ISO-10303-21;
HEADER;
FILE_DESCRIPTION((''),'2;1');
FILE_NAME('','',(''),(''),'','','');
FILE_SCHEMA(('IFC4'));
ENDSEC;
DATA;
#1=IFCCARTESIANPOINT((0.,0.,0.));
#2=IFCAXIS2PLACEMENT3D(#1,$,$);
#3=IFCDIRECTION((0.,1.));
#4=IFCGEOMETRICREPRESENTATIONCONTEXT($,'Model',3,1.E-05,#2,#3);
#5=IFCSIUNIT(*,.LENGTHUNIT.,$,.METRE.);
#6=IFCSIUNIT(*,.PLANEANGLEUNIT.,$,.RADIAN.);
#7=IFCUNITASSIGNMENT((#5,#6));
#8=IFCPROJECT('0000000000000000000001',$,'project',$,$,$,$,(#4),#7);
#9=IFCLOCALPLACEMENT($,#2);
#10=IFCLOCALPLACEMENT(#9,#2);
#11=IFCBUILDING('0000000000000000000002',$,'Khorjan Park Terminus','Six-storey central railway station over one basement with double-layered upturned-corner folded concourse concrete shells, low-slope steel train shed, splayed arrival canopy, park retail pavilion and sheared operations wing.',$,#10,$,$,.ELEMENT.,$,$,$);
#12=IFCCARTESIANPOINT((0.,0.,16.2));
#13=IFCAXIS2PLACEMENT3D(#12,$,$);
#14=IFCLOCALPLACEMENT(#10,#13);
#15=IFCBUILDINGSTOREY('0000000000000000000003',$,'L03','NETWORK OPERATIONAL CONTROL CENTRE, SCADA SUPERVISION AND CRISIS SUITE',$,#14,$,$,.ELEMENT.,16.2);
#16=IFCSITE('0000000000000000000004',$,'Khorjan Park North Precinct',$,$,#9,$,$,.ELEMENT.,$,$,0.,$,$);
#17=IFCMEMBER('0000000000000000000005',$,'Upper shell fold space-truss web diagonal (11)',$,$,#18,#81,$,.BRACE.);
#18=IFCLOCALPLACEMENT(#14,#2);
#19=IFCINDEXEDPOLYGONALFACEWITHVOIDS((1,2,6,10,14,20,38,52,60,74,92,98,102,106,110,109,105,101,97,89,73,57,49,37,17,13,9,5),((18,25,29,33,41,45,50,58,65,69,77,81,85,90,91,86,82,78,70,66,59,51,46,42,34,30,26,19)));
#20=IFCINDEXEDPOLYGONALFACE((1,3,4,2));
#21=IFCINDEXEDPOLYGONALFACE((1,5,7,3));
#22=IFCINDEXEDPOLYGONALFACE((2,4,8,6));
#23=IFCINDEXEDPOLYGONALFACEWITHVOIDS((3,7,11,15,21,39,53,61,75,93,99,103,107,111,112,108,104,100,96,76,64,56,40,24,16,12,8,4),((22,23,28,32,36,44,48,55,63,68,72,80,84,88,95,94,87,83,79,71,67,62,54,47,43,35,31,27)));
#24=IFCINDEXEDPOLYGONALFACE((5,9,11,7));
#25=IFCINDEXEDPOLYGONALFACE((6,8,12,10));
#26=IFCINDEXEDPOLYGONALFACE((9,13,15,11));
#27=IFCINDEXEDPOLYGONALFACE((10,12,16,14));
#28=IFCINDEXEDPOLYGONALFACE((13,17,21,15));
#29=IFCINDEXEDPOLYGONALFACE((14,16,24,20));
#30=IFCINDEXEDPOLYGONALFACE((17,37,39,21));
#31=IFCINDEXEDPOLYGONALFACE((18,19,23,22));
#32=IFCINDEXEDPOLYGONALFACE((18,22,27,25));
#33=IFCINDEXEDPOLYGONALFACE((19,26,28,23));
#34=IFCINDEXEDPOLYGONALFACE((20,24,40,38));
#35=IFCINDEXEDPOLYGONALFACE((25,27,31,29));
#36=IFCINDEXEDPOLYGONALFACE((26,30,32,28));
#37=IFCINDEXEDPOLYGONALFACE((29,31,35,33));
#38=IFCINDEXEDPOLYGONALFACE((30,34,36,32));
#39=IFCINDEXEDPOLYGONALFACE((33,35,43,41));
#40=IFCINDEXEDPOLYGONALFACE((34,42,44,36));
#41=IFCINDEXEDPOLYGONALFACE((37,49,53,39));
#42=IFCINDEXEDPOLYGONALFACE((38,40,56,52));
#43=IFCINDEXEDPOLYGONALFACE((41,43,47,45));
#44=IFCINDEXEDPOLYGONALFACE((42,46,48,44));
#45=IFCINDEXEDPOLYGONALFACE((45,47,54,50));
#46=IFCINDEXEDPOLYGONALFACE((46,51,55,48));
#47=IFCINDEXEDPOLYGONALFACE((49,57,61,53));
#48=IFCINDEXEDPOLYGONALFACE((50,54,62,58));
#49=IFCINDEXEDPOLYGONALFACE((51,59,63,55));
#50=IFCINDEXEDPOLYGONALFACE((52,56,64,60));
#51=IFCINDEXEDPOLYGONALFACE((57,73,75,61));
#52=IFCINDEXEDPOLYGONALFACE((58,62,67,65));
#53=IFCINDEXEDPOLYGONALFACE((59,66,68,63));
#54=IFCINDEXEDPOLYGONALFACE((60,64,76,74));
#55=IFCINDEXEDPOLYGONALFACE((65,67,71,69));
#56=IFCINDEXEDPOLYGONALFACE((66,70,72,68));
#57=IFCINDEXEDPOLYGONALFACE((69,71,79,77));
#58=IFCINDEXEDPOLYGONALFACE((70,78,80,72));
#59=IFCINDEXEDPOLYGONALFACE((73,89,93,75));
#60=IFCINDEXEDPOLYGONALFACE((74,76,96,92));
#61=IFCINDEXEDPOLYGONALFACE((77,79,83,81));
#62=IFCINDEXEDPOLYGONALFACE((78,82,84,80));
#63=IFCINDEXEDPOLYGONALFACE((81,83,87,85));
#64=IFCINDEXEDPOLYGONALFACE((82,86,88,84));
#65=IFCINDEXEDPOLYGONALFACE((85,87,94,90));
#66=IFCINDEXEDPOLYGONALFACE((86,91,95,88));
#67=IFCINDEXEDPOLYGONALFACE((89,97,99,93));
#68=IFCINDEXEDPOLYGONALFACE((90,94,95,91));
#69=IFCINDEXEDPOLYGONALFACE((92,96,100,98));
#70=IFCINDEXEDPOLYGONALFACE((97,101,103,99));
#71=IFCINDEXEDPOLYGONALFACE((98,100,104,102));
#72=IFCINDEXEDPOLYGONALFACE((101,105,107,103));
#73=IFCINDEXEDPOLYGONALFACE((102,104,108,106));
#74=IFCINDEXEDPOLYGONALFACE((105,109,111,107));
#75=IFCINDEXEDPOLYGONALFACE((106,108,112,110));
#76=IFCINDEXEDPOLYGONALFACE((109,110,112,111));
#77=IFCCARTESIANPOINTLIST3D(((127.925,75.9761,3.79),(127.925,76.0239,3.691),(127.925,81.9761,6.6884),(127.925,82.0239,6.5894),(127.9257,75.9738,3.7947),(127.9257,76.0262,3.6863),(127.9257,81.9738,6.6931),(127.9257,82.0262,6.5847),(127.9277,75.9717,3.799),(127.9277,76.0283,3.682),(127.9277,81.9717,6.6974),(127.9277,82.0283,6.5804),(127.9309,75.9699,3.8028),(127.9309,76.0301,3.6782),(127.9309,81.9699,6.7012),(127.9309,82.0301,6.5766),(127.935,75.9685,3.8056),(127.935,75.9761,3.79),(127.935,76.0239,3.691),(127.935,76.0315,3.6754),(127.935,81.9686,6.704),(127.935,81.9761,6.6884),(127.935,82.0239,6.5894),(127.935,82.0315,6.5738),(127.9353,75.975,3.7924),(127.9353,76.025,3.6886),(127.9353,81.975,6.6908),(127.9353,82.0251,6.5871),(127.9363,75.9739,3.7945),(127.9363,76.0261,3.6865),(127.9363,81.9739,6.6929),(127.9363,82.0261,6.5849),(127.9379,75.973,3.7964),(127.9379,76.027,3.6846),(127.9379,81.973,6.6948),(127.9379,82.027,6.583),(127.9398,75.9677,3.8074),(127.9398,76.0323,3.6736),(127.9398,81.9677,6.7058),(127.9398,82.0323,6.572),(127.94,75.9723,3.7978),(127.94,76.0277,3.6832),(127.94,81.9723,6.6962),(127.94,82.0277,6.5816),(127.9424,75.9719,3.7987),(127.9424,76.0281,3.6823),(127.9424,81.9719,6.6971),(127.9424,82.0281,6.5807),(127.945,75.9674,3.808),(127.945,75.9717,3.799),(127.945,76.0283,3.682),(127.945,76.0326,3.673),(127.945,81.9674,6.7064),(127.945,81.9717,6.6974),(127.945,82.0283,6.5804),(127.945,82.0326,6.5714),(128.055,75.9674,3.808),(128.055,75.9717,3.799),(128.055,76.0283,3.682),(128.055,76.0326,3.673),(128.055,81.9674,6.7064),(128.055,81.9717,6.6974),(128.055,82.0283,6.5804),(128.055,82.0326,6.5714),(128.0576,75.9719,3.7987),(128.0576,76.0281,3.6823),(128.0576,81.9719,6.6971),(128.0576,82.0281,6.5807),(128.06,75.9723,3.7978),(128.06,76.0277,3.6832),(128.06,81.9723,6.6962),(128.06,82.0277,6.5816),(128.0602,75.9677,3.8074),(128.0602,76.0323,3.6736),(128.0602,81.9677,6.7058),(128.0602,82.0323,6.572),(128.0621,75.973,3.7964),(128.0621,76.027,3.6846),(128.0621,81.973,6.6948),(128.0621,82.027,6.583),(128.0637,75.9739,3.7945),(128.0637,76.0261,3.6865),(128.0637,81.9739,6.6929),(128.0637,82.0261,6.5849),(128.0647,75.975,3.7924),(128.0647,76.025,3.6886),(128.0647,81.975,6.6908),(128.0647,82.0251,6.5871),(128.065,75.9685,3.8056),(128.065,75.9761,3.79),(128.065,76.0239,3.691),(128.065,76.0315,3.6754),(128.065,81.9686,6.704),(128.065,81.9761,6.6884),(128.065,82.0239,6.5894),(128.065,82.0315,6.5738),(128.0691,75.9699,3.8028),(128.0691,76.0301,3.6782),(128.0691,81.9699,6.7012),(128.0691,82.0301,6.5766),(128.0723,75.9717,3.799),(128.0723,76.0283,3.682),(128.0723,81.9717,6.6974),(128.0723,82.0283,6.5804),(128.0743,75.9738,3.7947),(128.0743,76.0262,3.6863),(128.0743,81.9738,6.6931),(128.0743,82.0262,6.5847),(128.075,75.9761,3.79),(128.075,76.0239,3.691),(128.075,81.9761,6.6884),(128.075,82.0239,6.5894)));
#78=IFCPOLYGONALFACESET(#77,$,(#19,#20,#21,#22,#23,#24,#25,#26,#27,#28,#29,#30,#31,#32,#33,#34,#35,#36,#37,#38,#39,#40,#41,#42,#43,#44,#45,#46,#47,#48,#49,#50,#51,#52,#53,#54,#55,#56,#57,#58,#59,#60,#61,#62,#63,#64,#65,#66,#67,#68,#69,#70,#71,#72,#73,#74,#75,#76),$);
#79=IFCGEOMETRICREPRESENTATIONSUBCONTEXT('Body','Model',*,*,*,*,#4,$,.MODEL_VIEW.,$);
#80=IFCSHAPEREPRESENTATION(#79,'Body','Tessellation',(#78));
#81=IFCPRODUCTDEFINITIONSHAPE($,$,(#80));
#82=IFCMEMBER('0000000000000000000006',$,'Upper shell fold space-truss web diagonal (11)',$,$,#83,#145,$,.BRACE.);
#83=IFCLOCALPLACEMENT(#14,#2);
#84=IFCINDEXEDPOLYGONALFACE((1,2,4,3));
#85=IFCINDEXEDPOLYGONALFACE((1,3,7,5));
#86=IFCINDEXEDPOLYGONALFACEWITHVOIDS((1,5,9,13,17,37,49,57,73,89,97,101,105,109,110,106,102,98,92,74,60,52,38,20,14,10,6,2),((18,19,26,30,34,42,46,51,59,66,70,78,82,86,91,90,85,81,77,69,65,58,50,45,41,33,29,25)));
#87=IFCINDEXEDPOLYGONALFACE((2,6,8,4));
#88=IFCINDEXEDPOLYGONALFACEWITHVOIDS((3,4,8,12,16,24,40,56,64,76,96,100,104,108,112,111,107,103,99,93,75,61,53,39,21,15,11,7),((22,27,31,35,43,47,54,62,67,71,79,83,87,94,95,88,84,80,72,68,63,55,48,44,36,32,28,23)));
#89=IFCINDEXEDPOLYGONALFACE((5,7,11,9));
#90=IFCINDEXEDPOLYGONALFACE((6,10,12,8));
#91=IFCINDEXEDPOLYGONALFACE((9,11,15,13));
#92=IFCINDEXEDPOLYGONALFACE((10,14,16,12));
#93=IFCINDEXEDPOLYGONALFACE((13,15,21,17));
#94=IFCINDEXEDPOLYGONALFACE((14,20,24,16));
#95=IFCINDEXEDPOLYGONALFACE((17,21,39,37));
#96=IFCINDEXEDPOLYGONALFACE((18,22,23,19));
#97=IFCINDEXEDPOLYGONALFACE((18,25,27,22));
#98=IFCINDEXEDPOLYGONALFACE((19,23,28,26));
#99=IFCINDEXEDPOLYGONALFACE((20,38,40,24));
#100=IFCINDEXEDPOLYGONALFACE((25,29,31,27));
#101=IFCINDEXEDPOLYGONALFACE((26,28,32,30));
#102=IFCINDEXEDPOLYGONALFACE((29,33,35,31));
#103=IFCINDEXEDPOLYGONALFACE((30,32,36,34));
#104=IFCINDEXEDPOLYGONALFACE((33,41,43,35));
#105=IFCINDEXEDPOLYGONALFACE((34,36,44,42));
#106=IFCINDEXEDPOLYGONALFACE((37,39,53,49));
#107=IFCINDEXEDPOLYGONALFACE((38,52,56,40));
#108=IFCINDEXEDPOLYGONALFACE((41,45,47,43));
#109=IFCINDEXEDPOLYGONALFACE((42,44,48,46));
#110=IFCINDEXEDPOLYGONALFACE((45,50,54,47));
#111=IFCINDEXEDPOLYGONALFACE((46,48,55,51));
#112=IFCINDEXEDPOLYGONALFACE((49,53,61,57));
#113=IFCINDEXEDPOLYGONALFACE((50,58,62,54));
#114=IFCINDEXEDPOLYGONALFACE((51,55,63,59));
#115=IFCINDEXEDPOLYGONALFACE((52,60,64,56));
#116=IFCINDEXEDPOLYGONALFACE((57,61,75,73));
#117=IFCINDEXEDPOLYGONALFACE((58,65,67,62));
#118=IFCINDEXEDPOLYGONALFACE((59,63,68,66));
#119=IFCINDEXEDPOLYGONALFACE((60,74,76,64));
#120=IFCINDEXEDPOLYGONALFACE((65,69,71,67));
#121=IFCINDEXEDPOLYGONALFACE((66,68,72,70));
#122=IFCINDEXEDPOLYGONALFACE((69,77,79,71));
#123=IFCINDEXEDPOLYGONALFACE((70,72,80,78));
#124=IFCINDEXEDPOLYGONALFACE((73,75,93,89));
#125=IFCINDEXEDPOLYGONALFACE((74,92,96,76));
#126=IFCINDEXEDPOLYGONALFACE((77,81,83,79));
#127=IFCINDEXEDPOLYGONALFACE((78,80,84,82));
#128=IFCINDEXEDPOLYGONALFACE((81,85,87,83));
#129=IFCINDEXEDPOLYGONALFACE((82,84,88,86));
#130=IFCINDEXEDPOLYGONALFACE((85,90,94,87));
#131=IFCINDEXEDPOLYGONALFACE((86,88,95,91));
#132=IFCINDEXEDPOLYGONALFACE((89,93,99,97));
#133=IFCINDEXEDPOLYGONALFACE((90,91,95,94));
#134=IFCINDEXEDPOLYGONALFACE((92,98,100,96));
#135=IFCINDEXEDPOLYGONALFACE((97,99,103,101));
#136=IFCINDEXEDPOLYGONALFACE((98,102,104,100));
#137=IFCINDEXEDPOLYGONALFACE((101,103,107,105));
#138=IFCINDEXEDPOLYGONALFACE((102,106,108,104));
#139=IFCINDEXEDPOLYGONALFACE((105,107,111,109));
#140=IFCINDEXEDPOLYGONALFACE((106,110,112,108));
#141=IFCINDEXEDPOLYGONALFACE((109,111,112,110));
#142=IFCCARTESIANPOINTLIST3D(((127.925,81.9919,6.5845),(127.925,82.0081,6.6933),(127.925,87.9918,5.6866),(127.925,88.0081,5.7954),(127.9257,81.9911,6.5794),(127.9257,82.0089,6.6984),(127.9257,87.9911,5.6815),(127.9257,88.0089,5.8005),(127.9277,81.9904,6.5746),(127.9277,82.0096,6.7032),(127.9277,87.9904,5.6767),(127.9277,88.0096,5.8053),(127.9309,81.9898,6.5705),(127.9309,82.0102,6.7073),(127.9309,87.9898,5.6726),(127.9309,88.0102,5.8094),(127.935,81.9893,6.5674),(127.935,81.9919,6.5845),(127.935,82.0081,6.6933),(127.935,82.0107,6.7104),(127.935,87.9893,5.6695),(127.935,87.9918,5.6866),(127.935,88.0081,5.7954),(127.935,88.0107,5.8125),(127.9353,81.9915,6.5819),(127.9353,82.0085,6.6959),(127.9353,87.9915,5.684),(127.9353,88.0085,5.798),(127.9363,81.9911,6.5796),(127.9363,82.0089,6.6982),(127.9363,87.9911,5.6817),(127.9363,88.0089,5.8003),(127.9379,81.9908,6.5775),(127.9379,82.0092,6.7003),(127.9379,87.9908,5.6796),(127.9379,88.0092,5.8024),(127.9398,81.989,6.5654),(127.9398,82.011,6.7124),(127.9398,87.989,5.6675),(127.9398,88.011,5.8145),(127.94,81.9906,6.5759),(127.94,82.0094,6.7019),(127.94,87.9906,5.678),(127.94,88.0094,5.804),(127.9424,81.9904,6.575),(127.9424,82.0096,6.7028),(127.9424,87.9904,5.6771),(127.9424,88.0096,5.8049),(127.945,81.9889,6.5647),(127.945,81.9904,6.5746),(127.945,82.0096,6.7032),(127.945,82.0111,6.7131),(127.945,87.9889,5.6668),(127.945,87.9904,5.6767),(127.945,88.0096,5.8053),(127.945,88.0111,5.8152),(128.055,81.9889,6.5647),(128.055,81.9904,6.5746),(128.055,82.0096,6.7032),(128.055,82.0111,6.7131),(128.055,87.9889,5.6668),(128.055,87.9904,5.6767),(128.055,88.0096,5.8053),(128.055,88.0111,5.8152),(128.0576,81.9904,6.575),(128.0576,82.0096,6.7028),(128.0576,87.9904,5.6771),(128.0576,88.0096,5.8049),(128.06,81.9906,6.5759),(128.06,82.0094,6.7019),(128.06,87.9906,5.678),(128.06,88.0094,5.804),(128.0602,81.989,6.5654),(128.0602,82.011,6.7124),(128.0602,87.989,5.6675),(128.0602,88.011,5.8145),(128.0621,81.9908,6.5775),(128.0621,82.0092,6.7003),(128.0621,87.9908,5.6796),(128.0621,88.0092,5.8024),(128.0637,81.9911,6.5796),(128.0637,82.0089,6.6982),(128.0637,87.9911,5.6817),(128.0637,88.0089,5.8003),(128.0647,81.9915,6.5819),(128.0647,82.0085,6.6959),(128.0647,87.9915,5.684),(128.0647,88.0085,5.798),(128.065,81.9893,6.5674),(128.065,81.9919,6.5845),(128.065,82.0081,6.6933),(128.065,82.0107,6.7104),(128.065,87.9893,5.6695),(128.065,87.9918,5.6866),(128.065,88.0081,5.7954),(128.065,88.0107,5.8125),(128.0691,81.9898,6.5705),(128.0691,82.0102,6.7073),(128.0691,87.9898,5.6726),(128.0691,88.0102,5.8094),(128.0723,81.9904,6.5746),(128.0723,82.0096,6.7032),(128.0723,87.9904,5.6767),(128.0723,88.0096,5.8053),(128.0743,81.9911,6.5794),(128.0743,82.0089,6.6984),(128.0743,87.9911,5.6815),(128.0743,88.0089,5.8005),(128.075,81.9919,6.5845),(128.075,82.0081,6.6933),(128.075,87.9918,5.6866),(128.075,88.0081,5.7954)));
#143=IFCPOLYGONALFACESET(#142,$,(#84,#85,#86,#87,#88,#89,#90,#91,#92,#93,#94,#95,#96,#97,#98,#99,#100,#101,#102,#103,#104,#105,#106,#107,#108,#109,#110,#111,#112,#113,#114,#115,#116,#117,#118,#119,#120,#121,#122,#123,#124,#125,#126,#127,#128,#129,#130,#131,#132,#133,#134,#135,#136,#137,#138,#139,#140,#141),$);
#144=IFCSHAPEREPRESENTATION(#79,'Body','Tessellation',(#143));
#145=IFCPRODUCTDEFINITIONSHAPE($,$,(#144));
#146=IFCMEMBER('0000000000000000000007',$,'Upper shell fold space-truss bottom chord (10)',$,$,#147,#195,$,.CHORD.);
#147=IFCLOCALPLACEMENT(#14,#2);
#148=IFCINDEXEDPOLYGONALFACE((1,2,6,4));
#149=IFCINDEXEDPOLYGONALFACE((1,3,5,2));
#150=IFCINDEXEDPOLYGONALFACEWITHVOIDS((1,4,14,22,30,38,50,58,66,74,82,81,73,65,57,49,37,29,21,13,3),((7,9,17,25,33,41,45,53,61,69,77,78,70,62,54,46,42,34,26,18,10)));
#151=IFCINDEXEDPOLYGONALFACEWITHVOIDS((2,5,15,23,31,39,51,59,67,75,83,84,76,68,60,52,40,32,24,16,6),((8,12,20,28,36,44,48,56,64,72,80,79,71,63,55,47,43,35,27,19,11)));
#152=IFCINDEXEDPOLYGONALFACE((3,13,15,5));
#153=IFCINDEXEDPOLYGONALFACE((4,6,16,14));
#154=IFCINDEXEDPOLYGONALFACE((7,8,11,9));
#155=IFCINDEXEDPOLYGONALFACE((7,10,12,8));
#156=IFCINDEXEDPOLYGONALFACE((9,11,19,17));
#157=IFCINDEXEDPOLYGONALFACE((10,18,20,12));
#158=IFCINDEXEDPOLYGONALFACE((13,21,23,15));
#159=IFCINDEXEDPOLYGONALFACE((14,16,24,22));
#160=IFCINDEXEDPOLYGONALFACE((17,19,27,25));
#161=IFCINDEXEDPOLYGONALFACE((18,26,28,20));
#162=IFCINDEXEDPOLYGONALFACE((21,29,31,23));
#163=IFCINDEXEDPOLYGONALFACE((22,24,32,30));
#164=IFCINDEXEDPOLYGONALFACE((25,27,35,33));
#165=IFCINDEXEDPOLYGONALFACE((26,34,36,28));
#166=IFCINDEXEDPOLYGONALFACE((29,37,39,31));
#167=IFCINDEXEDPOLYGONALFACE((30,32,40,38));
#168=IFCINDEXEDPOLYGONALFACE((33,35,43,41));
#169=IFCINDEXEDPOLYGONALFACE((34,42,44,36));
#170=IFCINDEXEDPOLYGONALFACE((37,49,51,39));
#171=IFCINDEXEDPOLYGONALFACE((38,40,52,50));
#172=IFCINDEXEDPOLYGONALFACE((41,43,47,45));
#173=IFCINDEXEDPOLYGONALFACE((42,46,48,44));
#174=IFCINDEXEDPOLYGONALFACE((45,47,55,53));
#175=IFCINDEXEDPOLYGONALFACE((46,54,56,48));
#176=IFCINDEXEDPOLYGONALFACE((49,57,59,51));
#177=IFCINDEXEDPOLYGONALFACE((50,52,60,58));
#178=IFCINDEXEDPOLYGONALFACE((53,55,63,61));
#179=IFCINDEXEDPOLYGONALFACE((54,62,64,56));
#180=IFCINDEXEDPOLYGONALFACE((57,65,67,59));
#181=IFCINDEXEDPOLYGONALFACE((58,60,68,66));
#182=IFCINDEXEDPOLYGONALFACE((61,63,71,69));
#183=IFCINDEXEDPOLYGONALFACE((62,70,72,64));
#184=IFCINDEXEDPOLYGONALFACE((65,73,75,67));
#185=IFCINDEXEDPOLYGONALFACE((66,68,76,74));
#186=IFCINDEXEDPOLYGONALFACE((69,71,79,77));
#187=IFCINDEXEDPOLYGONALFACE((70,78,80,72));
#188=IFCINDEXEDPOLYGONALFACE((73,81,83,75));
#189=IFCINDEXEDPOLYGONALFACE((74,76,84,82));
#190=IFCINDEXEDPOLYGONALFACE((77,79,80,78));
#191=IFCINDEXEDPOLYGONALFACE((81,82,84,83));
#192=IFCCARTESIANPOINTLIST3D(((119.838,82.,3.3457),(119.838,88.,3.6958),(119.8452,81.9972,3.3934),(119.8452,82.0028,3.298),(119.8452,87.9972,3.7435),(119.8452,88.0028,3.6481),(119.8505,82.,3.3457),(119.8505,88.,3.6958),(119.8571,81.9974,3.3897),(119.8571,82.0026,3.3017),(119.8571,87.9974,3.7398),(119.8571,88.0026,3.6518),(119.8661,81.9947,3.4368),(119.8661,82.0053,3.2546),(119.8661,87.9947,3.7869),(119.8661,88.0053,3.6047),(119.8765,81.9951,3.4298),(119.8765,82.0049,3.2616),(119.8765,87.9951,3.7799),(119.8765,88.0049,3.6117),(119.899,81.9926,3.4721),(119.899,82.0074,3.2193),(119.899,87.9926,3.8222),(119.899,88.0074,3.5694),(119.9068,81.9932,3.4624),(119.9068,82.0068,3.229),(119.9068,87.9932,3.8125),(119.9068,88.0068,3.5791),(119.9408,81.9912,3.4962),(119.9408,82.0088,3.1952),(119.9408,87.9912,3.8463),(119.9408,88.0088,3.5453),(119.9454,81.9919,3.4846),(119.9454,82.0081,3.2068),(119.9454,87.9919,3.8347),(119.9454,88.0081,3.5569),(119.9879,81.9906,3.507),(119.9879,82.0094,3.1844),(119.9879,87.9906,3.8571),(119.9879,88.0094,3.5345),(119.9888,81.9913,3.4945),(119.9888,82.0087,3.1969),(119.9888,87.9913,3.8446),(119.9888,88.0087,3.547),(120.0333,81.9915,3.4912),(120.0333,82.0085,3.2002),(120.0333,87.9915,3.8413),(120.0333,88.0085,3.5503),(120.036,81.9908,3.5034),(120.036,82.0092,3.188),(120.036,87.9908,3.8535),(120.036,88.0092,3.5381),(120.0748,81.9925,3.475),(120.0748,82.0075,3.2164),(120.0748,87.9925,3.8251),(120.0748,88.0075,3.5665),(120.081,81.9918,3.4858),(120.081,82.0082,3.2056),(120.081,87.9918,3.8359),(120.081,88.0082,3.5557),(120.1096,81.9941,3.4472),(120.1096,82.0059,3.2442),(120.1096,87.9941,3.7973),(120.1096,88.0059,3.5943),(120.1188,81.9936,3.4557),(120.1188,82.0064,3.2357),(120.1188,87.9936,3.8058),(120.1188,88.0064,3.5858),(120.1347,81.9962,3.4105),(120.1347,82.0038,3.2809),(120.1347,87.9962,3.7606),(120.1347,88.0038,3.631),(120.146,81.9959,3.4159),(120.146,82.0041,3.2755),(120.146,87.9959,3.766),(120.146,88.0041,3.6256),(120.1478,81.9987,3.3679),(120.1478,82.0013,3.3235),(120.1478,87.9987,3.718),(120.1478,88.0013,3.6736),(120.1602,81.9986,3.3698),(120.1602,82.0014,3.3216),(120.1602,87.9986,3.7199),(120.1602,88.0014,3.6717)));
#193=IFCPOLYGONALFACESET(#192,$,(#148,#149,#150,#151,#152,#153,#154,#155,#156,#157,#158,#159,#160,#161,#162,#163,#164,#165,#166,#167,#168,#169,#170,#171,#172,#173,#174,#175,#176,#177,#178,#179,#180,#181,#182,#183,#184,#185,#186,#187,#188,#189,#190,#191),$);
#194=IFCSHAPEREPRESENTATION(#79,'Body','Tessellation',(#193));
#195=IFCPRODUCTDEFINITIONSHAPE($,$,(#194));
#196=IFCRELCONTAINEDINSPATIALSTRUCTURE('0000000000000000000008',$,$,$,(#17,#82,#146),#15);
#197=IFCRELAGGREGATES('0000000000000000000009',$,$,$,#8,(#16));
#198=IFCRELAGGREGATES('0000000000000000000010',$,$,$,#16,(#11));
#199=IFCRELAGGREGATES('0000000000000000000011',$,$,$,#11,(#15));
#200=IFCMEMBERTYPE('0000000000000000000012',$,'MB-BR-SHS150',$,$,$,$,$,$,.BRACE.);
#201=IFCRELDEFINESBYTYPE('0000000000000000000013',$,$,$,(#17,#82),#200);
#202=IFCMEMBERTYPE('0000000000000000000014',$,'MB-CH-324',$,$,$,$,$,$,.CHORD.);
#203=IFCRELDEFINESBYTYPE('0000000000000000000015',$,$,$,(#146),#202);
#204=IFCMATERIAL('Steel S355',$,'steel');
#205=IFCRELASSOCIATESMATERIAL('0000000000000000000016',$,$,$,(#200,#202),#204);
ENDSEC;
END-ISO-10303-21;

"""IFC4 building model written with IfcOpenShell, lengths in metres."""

from ifc_helpers import new_model, si_unit, direction, frame, origin, origin_2d, place, context, subcontext, project, spatial, hollow_rectangle, hollow_circle, extrude, material, material_profile, profile_set, type_object, element, save


model = new_model("IFC4")

# Units and contexts
model_context = context("Model", 3, precision=1e-05, world=origin(), true_north=direction((0.0, 1.0)))
body_context = subcontext(model_context, "Body", "Model", "MODEL_VIEW")
ifc_project = project(units=[si_unit("LENGTHUNIT", "METRE"), si_unit("PLANEANGLEUNIT", "RADIAN")], contexts=[model_context])

# Site, building, storey
site_placement = place(None, origin())
site = spatial("IfcSite", under=ifc_project, at=site_placement, Name="Khorjan Park North Precinct", CompositionType="ELEMENT", RefElevation=0.0)
building_placement = place(site_placement, origin())
building = spatial("IfcBuilding", under=site, at=building_placement, Name="Khorjan Park Terminus", Description="Six-storey central railway station over one basement with double-layered upturned-corner folded concourse concrete shells, low-slope steel train shed, splayed arrival canopy, park retail pavilion and sheared operations wing.", CompositionType="ELEMENT")
storey_placement = place(building_placement, frame((0.0, 0.0, 16.2)))
storey = spatial("IfcBuildingStorey", under=building, at=storey_placement, Name="L03", Description="NETWORK OPERATIONAL CONTROL CENTRE, SCADA SUPERVISION AND CRISIS SUITE", CompositionType="ELEMENT", Elevation=16.2)

# Members
ifc_material_1 = material(Name="Steel S355", Category="steel")
ifc_material_profile_1 = material_profile(ifc_material_1, hollow_rectangle(XDim=0.15, YDim=0.15, WallThickness=0.01, InnerFilletRadius=0.01, OuterFilletRadius=0.02, at=origin_2d()), Name="SHS 150x150x10")
ifc_profile_set_1 = profile_set([ifc_material_profile_1], Name="Steel S355")
member_type_1 = type_object("IfcMemberType", Name="MB-BR-SHS150", PredefinedType="BRACE", material=ifc_profile_set_1)
member_1_placement = place(storey_placement, frame((128.0, 76.0, 3.7405), z_axis=(0.0, 0.900443, 0.434974), x_axis=(-1.0, 0.0, 0.0)))
element("IfcMember", 1, at=member_1_placement, inside=storey, type_object=member_type_1, Name="Upper shell fold space-truss web diagonal (11)", PredefinedType="BRACE", context=body_context, shape_type="SweptSolid", body=[
    extrude(hollow_rectangle(XDim=0.15, YDim=0.15, WallThickness=0.01, InnerFilletRadius=0.01, OuterFilletRadius=0.02, at=origin_2d()), origin(), (0.0, 0.0, 1.0), 6.6634),
])
member_2_placement = place(storey_placement, frame((128.0, 82.0, 6.6389), z_axis=(0.0, 0.988987, -0.148002), x_axis=(-1.0, 0.0, 0.0)))
element("IfcMember", 2, at=member_2_placement, inside=storey, type_object=member_type_1, Name="Upper shell fold space-truss web diagonal (11)", PredefinedType="BRACE", context=body_context, shape_type="SweptSolid", body=[
    extrude(hollow_rectangle(XDim=0.15, YDim=0.15, WallThickness=0.01, InnerFilletRadius=0.01, OuterFilletRadius=0.02, at=origin_2d()), origin(), (0.0, 0.0, 1.0), 6.0668),
])
ifc_material_profile_2 = material_profile(ifc_material_1, hollow_circle(Radius=0.162, WallThickness=0.0125, at=origin_2d()), Name="CHS 323.9x12.5")
ifc_profile_set_2 = profile_set([ifc_material_profile_2], Name="Steel S355")
member_type_2 = type_object("IfcMemberType", Name="MB-CH-324", PredefinedType="CHORD", material=ifc_profile_set_2)
member_3_placement = place(storey_placement, frame((120.0, 82.0, 3.3457), z_axis=(0.0, 0.998302, 0.058251), x_axis=(-1.0, 0.0, 0.0)))
element("IfcMember", 3, at=member_3_placement, inside=storey, type_object=member_type_2, Name="Upper shell fold space-truss bottom chord (10)", PredefinedType="CHORD", context=body_context, shape_type="SweptSolid", body=[
    extrude(hollow_circle(Radius=0.162, WallThickness=0.0125, at=origin_2d()), origin(), (0.0, 0.0, 1.0), 6.0102),
])

save(model, "model.ifc")
